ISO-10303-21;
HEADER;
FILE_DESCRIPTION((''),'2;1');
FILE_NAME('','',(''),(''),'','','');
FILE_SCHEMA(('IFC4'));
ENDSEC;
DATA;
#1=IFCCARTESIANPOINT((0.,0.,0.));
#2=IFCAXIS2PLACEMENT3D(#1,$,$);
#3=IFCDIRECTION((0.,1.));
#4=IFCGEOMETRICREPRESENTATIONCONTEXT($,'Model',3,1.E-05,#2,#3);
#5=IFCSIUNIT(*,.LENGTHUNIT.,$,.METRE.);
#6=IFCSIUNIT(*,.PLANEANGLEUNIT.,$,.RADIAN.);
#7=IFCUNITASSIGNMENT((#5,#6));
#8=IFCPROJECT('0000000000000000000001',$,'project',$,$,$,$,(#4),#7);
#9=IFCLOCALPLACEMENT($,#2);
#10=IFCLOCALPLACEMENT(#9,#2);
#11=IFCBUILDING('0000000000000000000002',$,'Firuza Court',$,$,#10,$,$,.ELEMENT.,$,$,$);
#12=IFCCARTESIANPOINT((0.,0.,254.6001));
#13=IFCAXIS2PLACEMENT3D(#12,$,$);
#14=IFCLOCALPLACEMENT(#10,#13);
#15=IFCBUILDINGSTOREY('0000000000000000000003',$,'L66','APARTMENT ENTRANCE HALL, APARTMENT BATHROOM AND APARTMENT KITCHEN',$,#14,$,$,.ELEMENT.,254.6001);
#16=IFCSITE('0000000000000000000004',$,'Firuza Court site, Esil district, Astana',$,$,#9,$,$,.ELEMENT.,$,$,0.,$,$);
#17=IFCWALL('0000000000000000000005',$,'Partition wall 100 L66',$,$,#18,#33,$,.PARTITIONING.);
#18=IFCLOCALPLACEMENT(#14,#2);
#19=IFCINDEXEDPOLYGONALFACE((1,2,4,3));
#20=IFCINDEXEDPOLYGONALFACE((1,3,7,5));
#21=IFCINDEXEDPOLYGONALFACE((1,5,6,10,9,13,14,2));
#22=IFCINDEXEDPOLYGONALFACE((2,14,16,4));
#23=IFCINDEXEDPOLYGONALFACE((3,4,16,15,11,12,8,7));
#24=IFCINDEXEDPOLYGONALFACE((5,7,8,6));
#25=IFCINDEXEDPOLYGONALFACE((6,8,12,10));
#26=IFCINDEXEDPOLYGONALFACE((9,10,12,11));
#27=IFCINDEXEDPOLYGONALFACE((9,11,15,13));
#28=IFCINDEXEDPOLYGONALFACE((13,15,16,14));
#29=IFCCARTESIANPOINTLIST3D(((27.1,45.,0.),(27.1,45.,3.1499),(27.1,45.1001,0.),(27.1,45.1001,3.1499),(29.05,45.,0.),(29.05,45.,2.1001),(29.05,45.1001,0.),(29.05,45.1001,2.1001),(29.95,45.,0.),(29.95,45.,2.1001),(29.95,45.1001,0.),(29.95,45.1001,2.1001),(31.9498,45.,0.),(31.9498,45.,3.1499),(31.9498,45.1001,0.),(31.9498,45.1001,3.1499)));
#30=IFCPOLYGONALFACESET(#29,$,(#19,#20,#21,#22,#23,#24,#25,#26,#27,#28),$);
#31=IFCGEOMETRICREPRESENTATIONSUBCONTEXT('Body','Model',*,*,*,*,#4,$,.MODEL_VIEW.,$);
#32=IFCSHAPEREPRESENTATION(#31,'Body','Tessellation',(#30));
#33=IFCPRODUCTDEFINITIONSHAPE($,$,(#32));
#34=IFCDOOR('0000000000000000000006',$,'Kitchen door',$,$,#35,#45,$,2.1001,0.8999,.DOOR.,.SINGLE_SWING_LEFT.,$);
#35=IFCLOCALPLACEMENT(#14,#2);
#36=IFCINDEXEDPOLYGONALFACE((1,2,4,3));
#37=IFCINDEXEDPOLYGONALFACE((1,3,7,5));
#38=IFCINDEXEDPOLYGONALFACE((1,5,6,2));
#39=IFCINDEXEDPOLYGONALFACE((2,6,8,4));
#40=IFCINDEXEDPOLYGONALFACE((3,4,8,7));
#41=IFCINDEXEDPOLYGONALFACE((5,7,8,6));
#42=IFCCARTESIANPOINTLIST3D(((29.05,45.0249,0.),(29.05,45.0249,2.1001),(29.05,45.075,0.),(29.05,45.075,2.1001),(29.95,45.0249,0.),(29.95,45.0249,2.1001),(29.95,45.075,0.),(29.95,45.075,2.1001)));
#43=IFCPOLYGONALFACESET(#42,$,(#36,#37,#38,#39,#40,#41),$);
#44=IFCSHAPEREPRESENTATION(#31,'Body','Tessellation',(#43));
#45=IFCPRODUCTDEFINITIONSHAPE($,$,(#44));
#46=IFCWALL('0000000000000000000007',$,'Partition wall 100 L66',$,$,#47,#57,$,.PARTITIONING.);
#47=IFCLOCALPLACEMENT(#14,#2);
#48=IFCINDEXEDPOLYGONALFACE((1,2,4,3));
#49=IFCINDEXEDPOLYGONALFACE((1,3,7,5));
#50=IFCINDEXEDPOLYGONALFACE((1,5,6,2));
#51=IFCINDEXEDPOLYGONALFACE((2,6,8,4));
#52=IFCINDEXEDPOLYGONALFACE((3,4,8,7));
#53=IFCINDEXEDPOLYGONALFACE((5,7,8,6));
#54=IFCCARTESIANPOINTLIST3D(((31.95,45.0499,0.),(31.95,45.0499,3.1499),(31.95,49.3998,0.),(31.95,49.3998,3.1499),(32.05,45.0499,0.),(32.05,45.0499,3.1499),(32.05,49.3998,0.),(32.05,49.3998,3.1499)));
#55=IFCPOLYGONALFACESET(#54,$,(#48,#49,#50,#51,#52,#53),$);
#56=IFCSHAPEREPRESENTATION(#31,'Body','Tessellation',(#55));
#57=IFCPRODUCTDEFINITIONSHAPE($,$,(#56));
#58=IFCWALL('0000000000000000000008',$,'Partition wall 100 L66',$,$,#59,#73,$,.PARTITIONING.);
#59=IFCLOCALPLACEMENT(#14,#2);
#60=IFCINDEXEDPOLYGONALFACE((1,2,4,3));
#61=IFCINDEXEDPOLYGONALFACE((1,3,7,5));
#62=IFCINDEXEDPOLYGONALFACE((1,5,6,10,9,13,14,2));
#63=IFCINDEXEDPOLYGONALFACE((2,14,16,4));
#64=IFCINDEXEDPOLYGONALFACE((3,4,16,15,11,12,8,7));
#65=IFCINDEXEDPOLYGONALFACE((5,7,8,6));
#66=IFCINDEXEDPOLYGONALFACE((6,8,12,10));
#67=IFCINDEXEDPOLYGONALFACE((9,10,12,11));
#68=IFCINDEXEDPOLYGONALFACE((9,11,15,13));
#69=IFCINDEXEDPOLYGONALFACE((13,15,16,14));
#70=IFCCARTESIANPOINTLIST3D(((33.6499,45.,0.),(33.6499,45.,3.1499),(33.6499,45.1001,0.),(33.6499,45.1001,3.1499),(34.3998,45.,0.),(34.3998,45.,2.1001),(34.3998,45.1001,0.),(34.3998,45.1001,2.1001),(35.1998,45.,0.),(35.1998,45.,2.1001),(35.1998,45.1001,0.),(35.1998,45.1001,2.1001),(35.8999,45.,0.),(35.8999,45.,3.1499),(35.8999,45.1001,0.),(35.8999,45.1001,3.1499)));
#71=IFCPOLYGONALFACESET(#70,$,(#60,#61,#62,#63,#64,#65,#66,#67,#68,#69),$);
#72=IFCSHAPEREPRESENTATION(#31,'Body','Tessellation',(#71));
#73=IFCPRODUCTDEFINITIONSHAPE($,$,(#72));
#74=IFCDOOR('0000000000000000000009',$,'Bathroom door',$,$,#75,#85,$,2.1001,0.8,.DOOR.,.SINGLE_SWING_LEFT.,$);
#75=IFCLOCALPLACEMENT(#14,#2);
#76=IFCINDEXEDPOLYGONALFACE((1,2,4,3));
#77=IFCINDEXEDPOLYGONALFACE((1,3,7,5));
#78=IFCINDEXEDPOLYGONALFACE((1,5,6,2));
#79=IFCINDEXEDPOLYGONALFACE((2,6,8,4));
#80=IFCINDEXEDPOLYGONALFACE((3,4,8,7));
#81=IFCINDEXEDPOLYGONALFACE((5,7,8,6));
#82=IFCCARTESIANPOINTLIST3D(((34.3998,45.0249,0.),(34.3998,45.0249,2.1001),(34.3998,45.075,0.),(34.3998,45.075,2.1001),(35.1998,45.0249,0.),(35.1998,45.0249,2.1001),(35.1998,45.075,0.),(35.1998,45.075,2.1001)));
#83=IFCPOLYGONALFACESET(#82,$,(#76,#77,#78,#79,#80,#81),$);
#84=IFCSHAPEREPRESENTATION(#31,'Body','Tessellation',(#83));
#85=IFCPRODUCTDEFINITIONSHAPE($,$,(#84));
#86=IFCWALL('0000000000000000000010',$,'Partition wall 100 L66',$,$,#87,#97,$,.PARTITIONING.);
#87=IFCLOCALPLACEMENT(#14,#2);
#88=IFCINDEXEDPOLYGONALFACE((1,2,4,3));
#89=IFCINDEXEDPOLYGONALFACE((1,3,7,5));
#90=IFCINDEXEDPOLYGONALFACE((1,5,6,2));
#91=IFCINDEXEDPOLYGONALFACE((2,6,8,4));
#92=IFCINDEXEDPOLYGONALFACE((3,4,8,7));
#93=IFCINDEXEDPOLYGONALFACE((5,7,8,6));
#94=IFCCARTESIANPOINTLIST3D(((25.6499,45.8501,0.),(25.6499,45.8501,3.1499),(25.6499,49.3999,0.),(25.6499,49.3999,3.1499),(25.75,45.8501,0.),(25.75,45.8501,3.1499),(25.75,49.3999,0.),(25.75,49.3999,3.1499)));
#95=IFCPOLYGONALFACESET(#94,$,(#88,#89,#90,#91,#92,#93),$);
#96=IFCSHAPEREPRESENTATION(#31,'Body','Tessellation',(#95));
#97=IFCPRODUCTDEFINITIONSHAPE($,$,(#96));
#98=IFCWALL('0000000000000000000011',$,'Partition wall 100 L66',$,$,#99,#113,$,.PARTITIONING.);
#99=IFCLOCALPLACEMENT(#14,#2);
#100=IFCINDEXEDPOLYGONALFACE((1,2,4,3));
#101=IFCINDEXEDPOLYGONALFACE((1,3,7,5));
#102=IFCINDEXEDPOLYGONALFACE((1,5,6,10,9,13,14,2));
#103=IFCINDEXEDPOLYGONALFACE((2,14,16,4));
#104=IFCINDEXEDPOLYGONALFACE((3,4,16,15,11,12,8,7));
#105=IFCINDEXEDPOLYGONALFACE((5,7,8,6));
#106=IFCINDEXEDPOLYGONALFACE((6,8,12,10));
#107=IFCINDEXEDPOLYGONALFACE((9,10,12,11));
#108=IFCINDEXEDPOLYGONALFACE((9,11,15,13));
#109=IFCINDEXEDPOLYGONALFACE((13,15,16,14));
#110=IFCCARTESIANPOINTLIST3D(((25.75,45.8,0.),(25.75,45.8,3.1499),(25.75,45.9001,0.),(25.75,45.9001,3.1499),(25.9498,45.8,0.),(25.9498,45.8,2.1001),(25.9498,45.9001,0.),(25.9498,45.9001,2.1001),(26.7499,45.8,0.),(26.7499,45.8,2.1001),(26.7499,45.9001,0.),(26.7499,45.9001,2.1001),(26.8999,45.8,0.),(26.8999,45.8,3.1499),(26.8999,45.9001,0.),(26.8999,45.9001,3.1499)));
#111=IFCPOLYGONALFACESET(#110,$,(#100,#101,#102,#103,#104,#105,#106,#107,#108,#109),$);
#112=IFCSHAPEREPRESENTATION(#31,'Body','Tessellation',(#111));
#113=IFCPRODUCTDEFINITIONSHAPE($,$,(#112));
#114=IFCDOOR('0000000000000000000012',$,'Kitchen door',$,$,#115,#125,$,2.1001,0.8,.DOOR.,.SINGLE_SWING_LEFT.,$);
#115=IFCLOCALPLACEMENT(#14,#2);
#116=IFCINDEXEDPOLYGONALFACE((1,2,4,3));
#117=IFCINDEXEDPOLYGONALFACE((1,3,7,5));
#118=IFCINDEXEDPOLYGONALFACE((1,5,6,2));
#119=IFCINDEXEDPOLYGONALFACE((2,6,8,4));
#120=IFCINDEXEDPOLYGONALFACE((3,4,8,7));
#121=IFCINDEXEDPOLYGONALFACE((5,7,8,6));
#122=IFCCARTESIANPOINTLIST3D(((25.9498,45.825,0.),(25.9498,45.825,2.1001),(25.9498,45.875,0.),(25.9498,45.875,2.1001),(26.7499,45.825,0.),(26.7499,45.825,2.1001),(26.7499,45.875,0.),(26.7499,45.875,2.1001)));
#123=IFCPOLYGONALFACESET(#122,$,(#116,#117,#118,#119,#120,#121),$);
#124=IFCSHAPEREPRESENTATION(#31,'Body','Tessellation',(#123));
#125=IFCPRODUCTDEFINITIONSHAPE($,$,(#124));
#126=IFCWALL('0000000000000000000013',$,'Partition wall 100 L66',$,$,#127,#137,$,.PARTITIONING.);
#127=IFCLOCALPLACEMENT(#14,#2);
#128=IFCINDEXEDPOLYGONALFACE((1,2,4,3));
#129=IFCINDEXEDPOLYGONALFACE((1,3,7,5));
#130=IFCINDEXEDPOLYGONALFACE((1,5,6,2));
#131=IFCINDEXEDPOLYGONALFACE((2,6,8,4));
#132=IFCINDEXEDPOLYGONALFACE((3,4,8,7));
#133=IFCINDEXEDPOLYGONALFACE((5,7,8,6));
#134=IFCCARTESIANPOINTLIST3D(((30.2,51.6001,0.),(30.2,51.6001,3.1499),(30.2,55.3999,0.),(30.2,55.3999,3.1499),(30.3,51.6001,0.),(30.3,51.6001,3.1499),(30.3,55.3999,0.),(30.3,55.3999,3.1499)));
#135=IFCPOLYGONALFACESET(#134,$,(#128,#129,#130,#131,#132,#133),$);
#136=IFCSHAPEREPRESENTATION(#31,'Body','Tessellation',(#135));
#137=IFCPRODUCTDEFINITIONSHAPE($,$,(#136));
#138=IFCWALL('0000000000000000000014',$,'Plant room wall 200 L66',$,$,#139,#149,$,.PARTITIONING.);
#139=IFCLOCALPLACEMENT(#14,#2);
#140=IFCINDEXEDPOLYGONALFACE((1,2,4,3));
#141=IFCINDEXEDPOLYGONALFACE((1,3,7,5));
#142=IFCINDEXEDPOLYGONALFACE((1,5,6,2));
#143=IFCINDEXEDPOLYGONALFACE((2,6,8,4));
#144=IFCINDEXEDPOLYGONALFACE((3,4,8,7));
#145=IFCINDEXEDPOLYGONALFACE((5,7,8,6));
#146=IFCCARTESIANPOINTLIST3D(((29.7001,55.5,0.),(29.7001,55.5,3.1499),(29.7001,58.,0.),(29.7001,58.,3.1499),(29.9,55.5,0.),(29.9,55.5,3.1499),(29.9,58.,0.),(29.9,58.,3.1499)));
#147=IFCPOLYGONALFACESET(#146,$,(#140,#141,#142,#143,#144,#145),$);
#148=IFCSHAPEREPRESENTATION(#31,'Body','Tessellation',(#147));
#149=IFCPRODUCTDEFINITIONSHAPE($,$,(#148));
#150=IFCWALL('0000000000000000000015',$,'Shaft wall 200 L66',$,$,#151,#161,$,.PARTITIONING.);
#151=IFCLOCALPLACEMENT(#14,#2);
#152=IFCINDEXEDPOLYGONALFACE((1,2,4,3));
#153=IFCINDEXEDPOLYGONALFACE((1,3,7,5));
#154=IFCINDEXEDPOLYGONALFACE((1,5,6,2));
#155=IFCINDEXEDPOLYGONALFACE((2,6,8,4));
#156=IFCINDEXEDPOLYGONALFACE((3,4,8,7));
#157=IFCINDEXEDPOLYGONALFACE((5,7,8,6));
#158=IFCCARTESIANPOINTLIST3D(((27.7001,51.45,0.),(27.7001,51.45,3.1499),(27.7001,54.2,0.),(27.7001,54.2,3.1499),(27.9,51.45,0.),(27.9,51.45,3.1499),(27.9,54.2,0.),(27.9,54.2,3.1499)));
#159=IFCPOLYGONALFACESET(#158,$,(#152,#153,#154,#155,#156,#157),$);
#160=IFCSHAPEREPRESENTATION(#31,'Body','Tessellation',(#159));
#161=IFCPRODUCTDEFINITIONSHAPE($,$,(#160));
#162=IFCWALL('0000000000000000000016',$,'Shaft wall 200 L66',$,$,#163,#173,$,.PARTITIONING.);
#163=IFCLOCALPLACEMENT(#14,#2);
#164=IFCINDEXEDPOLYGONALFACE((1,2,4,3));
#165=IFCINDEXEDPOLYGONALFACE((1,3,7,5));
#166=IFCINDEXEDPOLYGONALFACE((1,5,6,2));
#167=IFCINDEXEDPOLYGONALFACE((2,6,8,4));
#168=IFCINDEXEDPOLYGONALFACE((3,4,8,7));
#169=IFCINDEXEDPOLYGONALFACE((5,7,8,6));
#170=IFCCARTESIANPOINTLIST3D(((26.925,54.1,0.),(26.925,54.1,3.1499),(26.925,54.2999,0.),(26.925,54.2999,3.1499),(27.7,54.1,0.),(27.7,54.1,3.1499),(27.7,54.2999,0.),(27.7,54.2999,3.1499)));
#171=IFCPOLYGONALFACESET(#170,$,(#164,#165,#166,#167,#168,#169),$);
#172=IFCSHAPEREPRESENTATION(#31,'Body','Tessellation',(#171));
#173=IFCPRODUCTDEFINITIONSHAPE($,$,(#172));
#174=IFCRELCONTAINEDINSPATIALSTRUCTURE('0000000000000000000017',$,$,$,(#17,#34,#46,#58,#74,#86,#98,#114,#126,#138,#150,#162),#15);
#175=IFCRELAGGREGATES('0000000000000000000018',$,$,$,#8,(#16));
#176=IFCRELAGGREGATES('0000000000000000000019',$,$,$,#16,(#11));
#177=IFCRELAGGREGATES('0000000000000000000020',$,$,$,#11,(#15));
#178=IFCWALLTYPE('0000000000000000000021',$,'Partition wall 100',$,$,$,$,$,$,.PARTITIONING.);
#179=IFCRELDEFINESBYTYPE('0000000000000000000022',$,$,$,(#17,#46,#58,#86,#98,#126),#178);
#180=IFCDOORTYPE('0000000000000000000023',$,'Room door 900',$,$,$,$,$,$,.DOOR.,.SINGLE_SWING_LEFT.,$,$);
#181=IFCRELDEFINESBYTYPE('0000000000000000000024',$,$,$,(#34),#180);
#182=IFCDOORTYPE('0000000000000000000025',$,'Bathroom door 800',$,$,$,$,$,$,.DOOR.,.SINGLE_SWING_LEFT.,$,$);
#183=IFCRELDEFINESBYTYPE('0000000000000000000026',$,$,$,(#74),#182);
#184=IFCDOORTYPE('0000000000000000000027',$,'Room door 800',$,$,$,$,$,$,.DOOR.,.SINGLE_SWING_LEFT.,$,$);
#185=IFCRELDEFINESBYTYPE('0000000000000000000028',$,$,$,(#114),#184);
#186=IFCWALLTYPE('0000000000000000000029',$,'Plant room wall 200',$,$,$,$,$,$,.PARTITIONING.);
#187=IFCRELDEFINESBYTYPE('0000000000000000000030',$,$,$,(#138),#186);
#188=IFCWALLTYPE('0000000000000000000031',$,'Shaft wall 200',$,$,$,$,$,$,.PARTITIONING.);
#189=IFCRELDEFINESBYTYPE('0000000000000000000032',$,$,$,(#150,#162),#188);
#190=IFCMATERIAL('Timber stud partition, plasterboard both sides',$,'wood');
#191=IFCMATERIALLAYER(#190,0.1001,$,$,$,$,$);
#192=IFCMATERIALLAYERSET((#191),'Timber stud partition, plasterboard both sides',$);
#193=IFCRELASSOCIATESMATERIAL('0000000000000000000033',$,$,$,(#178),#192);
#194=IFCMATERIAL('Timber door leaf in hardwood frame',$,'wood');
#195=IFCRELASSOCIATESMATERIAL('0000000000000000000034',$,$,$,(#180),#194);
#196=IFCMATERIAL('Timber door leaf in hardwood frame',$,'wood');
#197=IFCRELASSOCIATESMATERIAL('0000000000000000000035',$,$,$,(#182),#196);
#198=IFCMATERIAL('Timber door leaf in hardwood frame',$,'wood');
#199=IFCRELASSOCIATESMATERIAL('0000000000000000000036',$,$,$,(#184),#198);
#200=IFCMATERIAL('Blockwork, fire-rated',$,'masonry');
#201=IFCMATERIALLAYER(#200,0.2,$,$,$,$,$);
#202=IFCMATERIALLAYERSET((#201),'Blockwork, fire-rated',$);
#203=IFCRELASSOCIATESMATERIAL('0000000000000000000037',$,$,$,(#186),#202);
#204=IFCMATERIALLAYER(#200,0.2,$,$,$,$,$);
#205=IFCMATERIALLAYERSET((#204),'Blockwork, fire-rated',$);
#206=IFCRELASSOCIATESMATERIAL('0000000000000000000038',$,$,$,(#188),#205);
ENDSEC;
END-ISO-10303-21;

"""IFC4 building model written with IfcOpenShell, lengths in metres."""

from ifc_helpers import new_model, si_unit, direction, frame, frame_2d, origin, place, context, subcontext, project, spatial, rectangle, extrude, material, layer, layer_set, type_object, element, fill, save


model = new_model("IFC4")

# Units and contexts
model_context = context("Model", 3, precision=1e-05, world=origin(), true_north=direction((0.0, 1.0)))
body_context = subcontext(model_context, "Body", "Model", "MODEL_VIEW")
ifc_project = project(units=[si_unit("LENGTHUNIT", "METRE"), si_unit("PLANEANGLEUNIT", "RADIAN")], contexts=[model_context])

# Site, building, storey
site_placement = place(None, origin())
site = spatial("IfcSite", under=ifc_project, at=site_placement, Name="Firuza Court site, Esil district, Astana", CompositionType="ELEMENT", RefElevation=0.0)
building_placement = place(site_placement, origin())
building = spatial("IfcBuilding", under=site, at=building_placement, Name="Firuza Court", CompositionType="ELEMENT")
storey_placement = place(building_placement, frame((0.0, 0.0, 254.6001)))
storey = spatial("IfcBuildingStorey", under=building, at=storey_placement, Name="L66", Description="APARTMENT ENTRANCE HALL, APARTMENT BATHROOM AND APARTMENT KITCHEN", CompositionType="ELEMENT", Elevation=254.6001)

# Shared definitions
ifc_material_1 = material(Name="Timber stud partition, plasterboard both sides", Category="wood")
ifc_layer_1 = layer(ifc_material_1, 0.1001)
ifc_layer_set_1 = layer_set([ifc_layer_1], Name="Timber stud partition, plasterboard both sides")
wall_type_1 = type_object("IfcWallType", Name="Partition wall 100", PredefinedType="PARTITIONING", material=ifc_layer_set_1)
ifc_material_2 = material(Name="Timber door leaf in hardwood frame", Category="wood")
door_type_1 = type_object("IfcDoorType", Name="Room door 900", OperationType="SINGLE_SWING_LEFT", PredefinedType="DOOR", material=ifc_material_2)

# Wall, opening, door
wall_1_placement = place(storey_placement, frame((27.1001, 45.05, 0.0), z_axis=(0.0, 0.0, 1.0), x_axis=(1.0, 0.0, 0.0)))
wall_1 = element("IfcWall", 1, at=wall_1_placement, inside=storey, type_object=wall_type_1, Name="Partition wall 100 L66", PredefinedType="PARTITIONING", context=body_context, shape_type="SweptSolid", body=[
    extrude(rectangle(XDim=4.8499, YDim=0.1001, at=frame_2d((2.4248, 0.0))), origin(), (0.0, 0.0, 1.0), 3.1499),
])
opening_1_placement = place(wall_1_placement, frame((1.95, 0.0, 0.0)))
opening_1 = element("IfcOpeningElement", 2, at=opening_1_placement, cuts=wall_1, PredefinedType="OPENING", context=body_context, shape_type="SweptSolid", body=[
    extrude(rectangle(XDim=0.8999, YDim=2.1001, at=frame_2d((0.45, 1.05))), frame((0.0, 0.062, 0.0), z_axis=(0.0, -1.0, 0.0), x_axis=(1.0, 0.0, 0.0)), (0.0, 0.0, 1.0), 0.124),
])
door_1_placement = place(opening_1_placement, origin())
door_1 = element("IfcDoor", 3, at=door_1_placement, inside=storey, type_object=door_type_1, Name="Kitchen door", OperationType="SINGLE_SWING_LEFT", OverallHeight=2.1001, OverallWidth=0.8999, PredefinedType="DOOR", context=body_context, shape_type="SweptSolid", body=[
    extrude(rectangle(XDim=0.8999, YDim=2.1001, at=frame_2d((0.45, 1.05))), frame((0.0, 0.0249, 0.0), z_axis=(0.0, -1.0, 0.0), x_axis=(1.0, 0.0, 0.0)), (0.0, 0.0, 1.0), 0.05),
])
fill(opening_1, door_1)

# Wall
wall_2_placement = place(storey_placement, frame((32.0, 45.05, 0.0), z_axis=(0.0, 0.0, 1.0), x_axis=(0.0, 1.0, 0.0)))
element("IfcWall", 4, at=wall_2_placement, inside=storey, type_object=wall_type_1, Name="Partition wall 100 L66", PredefinedType="PARTITIONING", context=body_context, shape_type="SweptSolid", body=[
    extrude(rectangle(XDim=4.3499, YDim=0.1001, at=frame_2d((2.1748, 0.0))), origin(), (0.0, 0.0, 1.0), 3.1499),
])

# Wall, opening, door
wall_3_placement = place(storey_placement, frame((33.6499, 45.05, 0.0), z_axis=(0.0, 0.0, 1.0), x_axis=(1.0, 0.0, 0.0)))
wall_3 = element("IfcWall", 5, at=wall_3_placement, inside=storey, type_object=wall_type_1, Name="Partition wall 100 L66", PredefinedType="PARTITIONING", context=body_context, shape_type="SweptSolid", body=[
    extrude(rectangle(XDim=2.25, YDim=0.1001, at=frame_2d((1.125, 0.0))), origin(), (0.0, 0.0, 1.0), 3.1499),
])
opening_2_placement = place(wall_3_placement, frame((0.75, 0.0, 0.0)))
opening_2 = element("IfcOpeningElement", 6, at=opening_2_placement, cuts=wall_3, PredefinedType="OPENING", context=body_context, shape_type="SweptSolid", body=[
    extrude(rectangle(XDim=0.8, YDim=2.1001, at=frame_2d((0.3999, 1.05))), frame((0.0, 0.062, 0.0), z_axis=(0.0, -1.0, 0.0), x_axis=(1.0, 0.0, 0.0)), (0.0, 0.0, 1.0), 0.124),
])
ifc_material_3 = material(Name="Timber door leaf in hardwood frame", Category="wood")
door_type_2 = type_object("IfcDoorType", Name="Bathroom door 800", OperationType="SINGLE_SWING_LEFT", PredefinedType="DOOR", material=ifc_material_3)
door_2_placement = place(opening_2_placement, origin())
door_2 = element("IfcDoor", 7, at=door_2_placement, inside=storey, type_object=door_type_2, Name="Bathroom door", OperationType="SINGLE_SWING_LEFT", OverallHeight=2.1001, OverallWidth=0.8, PredefinedType="DOOR", context=body_context, shape_type="SweptSolid", body=[
    extrude(rectangle(XDim=0.8, YDim=2.1001, at=frame_2d((0.3999, 1.05))), frame((0.0, 0.0249, 0.0), z_axis=(0.0, -1.0, 0.0), x_axis=(1.0, 0.0, 0.0)), (0.0, 0.0, 1.0), 0.05),
])
fill(opening_2, door_2)

# Wall
wall_4_placement = place(storey_placement, frame((25.7, 45.8501, 0.0), z_axis=(0.0, 0.0, 1.0), x_axis=(0.0, 1.0, 0.0)))
element("IfcWall", 8, at=wall_4_placement, inside=storey, type_object=wall_type_1, Name="Partition wall 100 L66", PredefinedType="PARTITIONING", context=body_context, shape_type="SweptSolid", body=[
    extrude(rectangle(XDim=3.5498, YDim=0.1001, at=frame_2d((1.7749, 0.0))), origin(), (0.0, 0.0, 1.0), 3.1499),
])

# Wall, opening, door
wall_5_placement = place(storey_placement, frame((25.75, 45.8501, 0.0), z_axis=(0.0, 0.0, 1.0), x_axis=(1.0, 0.0, 0.0)))
wall_5 = element("IfcWall", 9, at=wall_5_placement, inside=storey, type_object=wall_type_1, Name="Partition wall 100 L66", PredefinedType="PARTITIONING", context=body_context, shape_type="SweptSolid", body=[
    extrude(rectangle(XDim=1.1499, YDim=0.1001, at=frame_2d((0.575, 0.0))), origin(), (0.0, 0.0, 1.0), 3.1499),
])
opening_3_placement = place(wall_5_placement, frame((0.2, 0.0, 0.0)))
opening_3 = element("IfcOpeningElement", 10, at=opening_3_placement, cuts=wall_5, PredefinedType="OPENING", context=body_context, shape_type="SweptSolid", body=[
    extrude(rectangle(XDim=0.8, YDim=2.1001, at=frame_2d((0.3999, 1.05))), frame((0.0, 0.062, 0.0), z_axis=(0.0, -1.0, 0.0), x_axis=(1.0, 0.0, 0.0)), (0.0, 0.0, 1.0), 0.124),
])
ifc_material_4 = material(Name="Timber door leaf in hardwood frame", Category="wood")
door_type_3 = type_object("IfcDoorType", Name="Room door 800", OperationType="SINGLE_SWING_LEFT", PredefinedType="DOOR", material=ifc_material_4)
door_3_placement = place(opening_3_placement, origin())
door_3 = element("IfcDoor", 11, at=door_3_placement, inside=storey, type_object=door_type_3, Name="Kitchen door", OperationType="SINGLE_SWING_LEFT", OverallHeight=2.1001, OverallWidth=0.8, PredefinedType="DOOR", context=body_context, shape_type="SweptSolid", body=[
    extrude(rectangle(XDim=0.8, YDim=2.1001, at=frame_2d((0.3999, 1.05))), frame((0.0, 0.0249, 0.0), z_axis=(0.0, -1.0, 0.0), x_axis=(1.0, 0.0, 0.0)), (0.0, 0.0, 1.0), 0.05),
])
fill(opening_3, door_3)

# Walls
wall_6_placement = place(storey_placement, frame((30.25, 51.6001, 0.0), z_axis=(0.0, 0.0, 1.0), x_axis=(0.0, 1.0, 0.0)))
element("IfcWall", 12, at=wall_6_placement, inside=storey, type_object=wall_type_1, Name="Partition wall 100 L66", PredefinedType="PARTITIONING", context=body_context, shape_type="SweptSolid", body=[
    extrude(rectangle(XDim=3.7998, YDim=0.1001, at=frame_2d((1.8999, 0.0))), origin(), (0.0, 0.0, 1.0), 3.1499),
])
ifc_material_5 = material(Name="Blockwork, fire-rated", Category="masonry")
ifc_layer_2 = layer(ifc_material_5, 0.2)
ifc_layer_set_2 = layer_set([ifc_layer_2], Name="Blockwork, fire-rated")
wall_type_2 = type_object("IfcWallType", Name="Plant room wall 200", PredefinedType="PARTITIONING", material=ifc_layer_set_2)
wall_7_placement = place(storey_placement, frame((29.8, 55.5, 0.0), z_axis=(0.0, 0.0, 1.0), x_axis=(0.0, 1.0, 0.0)))
element("IfcWall", 13, at=wall_7_placement, inside=storey, type_object=wall_type_2, Name="Plant room wall 200 L66", PredefinedType="PARTITIONING", context=body_context, shape_type="SweptSolid", body=[
    extrude(rectangle(XDim=2.5, YDim=0.2, at=frame_2d((1.25, 0.0))), origin(), (0.0, 0.0, 1.0), 3.1499),
])
ifc_layer_3 = layer(ifc_material_5, 0.2)
ifc_layer_set_3 = layer_set([ifc_layer_3], Name="Blockwork, fire-rated")
wall_type_3 = type_object("IfcWallType", Name="Shaft wall 200", PredefinedType="PARTITIONING", material=ifc_layer_set_3)
wall_8_placement = place(storey_placement, frame((27.8, 51.45, 0.0), z_axis=(0.0, 0.0, 1.0), x_axis=(0.0, 1.0, 0.0)))
element("IfcWall", 14, at=wall_8_placement, inside=storey, type_object=wall_type_3, Name="Shaft wall 200 L66", PredefinedType="PARTITIONING", context=body_context, shape_type="SweptSolid", body=[
    extrude(rectangle(XDim=2.75, YDim=0.2, at=frame_2d((1.375, 0.0))), origin(), (0.0, 0.0, 1.0), 3.1499),
])
wall_9_placement = place(storey_placement, frame((26.925, 54.2, 0.0), z_axis=(0.0, 0.0, 1.0), x_axis=(1.0, 0.0, 0.0)))
element("IfcWall", 15, at=wall_9_placement, inside=storey, type_object=wall_type_3, Name="Shaft wall 200 L66", PredefinedType="PARTITIONING", context=body_context, shape_type="SweptSolid", body=[
    extrude(rectangle(XDim=0.7749, YDim=0.2, at=frame_2d((0.3875, 0.0))), origin(), (0.0, 0.0, 1.0), 3.1499),
])

save(model, "model.ifc")
